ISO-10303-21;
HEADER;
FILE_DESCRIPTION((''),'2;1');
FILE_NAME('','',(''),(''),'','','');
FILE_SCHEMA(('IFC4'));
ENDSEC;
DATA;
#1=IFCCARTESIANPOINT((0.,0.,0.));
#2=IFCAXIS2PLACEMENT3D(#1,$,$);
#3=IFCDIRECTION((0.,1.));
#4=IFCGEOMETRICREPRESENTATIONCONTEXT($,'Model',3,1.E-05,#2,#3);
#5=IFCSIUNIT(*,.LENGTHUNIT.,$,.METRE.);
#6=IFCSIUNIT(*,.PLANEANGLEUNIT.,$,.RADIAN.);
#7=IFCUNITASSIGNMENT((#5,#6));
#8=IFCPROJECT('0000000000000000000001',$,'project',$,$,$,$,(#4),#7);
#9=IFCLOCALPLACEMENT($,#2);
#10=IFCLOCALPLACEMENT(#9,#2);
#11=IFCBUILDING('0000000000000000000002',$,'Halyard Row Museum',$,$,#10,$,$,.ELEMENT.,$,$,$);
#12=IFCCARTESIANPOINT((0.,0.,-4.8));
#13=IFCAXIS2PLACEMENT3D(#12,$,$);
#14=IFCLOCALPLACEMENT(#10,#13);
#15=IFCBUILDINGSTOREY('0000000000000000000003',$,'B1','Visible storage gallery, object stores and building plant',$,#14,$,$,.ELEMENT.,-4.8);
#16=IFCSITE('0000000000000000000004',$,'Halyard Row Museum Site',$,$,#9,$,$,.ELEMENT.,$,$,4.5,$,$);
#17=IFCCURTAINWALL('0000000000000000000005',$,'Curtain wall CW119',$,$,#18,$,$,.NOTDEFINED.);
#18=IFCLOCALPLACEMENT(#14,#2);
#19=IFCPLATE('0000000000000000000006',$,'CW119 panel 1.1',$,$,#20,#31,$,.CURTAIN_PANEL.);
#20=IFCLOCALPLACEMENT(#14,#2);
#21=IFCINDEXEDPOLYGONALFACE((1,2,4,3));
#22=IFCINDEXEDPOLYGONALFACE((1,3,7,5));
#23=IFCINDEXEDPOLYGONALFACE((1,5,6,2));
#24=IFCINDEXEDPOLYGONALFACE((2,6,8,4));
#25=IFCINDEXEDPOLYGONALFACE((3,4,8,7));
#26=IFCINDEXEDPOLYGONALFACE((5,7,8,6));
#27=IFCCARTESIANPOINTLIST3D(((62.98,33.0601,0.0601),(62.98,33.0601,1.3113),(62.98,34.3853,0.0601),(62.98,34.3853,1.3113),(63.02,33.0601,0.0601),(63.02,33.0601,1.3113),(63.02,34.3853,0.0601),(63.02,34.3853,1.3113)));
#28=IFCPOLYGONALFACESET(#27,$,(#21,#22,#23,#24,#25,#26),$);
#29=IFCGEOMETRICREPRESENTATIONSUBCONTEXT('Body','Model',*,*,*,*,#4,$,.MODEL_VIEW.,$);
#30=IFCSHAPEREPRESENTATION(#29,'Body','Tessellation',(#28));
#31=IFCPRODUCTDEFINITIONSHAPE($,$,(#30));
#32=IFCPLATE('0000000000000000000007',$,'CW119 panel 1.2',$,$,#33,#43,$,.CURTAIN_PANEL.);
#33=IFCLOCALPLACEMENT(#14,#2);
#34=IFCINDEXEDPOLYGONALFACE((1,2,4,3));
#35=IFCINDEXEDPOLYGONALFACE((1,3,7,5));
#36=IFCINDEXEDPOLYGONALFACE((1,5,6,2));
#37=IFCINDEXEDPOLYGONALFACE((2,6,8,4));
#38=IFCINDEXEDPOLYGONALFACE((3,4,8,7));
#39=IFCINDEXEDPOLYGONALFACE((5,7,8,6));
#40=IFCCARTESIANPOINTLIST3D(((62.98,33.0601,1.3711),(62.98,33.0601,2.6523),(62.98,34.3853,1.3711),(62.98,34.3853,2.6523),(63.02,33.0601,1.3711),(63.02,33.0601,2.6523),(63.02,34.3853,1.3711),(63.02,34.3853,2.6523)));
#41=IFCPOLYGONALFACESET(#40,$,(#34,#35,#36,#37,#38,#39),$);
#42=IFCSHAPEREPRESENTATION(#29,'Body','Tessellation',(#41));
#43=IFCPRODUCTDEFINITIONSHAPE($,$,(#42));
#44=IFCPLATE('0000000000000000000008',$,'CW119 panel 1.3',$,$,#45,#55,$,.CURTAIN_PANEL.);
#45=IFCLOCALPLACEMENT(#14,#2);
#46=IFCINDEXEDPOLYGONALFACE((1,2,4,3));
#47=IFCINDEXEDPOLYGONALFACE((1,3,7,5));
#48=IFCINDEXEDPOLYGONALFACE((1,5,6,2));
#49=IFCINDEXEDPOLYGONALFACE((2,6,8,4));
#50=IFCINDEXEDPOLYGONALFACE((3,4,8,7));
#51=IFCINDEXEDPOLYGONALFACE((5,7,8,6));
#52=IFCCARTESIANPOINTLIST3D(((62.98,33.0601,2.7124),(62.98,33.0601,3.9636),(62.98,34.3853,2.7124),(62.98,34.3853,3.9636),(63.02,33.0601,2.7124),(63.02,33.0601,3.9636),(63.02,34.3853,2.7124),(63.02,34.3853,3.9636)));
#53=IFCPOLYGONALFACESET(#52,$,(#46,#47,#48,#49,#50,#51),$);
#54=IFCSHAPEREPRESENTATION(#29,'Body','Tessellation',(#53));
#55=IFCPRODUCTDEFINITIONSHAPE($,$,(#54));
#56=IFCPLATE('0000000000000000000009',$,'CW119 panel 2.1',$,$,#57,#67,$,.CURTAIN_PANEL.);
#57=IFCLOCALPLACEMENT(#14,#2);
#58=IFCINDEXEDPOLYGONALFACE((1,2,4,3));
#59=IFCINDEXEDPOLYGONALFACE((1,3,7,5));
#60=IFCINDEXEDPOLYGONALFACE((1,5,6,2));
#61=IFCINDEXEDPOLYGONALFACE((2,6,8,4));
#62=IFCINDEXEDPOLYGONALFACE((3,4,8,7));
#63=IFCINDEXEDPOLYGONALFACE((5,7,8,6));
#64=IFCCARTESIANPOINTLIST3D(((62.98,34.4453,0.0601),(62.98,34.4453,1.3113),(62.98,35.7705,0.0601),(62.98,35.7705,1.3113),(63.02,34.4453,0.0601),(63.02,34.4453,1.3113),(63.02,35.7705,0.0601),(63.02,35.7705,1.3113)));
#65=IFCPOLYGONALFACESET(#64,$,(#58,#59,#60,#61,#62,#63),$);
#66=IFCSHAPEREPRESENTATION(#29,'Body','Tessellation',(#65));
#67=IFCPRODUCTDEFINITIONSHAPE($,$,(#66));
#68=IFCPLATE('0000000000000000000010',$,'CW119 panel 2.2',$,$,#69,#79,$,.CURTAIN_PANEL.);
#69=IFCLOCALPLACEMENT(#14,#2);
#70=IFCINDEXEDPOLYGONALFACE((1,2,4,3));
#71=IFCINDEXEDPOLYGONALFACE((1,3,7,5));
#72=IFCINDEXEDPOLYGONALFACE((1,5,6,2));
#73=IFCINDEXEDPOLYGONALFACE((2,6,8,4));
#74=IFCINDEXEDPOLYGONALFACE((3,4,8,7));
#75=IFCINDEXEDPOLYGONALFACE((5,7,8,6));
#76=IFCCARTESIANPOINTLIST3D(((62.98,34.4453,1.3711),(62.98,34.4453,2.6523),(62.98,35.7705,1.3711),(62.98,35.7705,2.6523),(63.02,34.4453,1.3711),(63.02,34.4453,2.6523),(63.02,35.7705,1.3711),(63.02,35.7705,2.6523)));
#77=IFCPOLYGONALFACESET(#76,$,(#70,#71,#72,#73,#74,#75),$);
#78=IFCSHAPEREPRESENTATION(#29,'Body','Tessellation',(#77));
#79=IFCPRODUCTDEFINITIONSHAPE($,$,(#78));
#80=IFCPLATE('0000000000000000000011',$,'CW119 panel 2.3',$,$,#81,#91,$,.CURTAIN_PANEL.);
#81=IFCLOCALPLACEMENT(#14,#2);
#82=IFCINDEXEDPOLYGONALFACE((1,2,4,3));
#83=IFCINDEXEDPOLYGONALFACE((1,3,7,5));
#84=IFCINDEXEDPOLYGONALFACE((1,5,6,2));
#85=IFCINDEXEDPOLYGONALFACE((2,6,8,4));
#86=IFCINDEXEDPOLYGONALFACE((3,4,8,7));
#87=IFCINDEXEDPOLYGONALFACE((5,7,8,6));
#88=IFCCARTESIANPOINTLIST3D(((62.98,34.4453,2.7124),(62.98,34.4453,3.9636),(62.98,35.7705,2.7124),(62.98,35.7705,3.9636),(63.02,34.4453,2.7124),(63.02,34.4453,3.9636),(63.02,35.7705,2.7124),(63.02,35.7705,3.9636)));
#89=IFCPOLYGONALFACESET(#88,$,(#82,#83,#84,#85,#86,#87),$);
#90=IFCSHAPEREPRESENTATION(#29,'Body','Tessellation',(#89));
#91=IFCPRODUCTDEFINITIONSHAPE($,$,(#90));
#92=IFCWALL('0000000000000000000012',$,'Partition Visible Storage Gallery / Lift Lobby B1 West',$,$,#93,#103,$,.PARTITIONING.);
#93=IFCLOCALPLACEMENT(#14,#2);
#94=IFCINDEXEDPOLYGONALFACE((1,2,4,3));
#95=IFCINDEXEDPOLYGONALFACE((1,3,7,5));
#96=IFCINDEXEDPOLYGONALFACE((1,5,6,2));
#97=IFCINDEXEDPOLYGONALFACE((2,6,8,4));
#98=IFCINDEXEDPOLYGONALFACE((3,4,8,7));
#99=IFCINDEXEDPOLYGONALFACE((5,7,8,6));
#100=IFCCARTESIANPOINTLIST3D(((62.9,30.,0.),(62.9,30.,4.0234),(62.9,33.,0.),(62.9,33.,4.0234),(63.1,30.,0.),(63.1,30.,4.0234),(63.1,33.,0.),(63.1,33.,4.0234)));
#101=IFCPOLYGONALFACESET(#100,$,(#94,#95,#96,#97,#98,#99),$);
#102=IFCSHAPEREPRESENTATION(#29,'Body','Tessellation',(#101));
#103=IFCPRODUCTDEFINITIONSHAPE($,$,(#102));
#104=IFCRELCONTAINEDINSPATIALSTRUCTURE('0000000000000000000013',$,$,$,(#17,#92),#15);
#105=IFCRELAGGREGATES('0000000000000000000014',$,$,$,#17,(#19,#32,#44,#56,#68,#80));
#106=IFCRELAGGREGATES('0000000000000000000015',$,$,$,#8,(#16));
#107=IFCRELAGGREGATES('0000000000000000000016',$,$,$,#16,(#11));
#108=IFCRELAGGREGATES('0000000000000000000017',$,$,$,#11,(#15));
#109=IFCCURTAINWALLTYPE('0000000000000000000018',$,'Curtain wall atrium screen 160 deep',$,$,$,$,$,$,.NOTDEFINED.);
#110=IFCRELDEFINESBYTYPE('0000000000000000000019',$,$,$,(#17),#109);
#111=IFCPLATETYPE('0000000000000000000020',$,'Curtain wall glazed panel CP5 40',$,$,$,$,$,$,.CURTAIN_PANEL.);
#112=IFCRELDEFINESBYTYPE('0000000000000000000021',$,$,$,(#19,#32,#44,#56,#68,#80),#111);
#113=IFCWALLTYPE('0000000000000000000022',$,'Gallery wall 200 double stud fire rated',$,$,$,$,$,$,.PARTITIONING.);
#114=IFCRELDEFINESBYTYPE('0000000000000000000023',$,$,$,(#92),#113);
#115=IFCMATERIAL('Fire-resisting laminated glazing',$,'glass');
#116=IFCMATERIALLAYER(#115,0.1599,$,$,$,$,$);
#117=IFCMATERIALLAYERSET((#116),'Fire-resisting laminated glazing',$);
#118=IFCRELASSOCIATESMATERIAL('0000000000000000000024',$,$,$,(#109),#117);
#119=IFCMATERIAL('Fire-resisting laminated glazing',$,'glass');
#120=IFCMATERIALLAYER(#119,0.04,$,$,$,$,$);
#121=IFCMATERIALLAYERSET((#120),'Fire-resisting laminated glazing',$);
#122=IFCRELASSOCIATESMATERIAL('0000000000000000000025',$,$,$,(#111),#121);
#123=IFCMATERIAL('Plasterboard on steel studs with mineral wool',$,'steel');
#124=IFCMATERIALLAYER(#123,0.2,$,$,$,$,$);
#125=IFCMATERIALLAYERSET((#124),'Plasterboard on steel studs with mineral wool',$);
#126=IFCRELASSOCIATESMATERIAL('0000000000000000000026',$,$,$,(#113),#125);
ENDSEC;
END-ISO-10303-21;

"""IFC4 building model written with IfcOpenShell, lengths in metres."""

from ifc_helpers import new_model, si_unit, direction, frame, frame_2d, origin, origin_2d, place, context, subcontext, project, spatial, rectangle, extrude, material, layer, layer_set, type_object, element, aggregate, save


model = new_model("IFC4")

# Units and contexts
model_context = context("Model", 3, precision=1e-05, world=origin(), true_north=direction((0.0, 1.0)))
body_context = subcontext(model_context, "Body", "Model", "MODEL_VIEW")
ifc_project = project(units=[si_unit("LENGTHUNIT", "METRE"), si_unit("PLANEANGLEUNIT", "RADIAN")], contexts=[model_context])

# Site, building, storey
site_placement = place(None, origin())
site = spatial("IfcSite", under=ifc_project, at=site_placement, Name="Halyard Row Museum Site", CompositionType="ELEMENT", RefElevation=4.5)
building_placement = place(site_placement, origin())
building = spatial("IfcBuilding", under=site, at=building_placement, Name="Halyard Row Museum", CompositionType="ELEMENT")
storey_placement = place(building_placement, frame((0.0, 0.0, -4.8)))
storey = spatial("IfcBuildingStorey", under=building, at=storey_placement, Name="B1", Description="Visible storage gallery, object stores and building plant", CompositionType="ELEMENT", Elevation=-4.8)

# Shared definitions
ifc_material_1 = material(Name="Fire-resisting laminated glazing", Category="glass")
ifc_layer_1 = layer(ifc_material_1, 0.1599)
ifc_layer_set_1 = layer_set([ifc_layer_1], Name="Fire-resisting laminated glazing")
curtain_wall_type = type_object("IfcCurtainWallType", Name="Curtain wall atrium screen 160 deep", PredefinedType="NOTDEFINED", material=ifc_layer_set_1)

# Curtain wall
curtain_wall_1_placement = place(storey_placement, origin())
curtain_wall_1 = element("IfcCurtainWall", 1, at=curtain_wall_1_placement, inside=storey, type_object=curtain_wall_type, Name="Curtain wall CW119", PredefinedType="NOTDEFINED")

# Plates
ifc_material_2 = material(Name="Fire-resisting laminated glazing", Category="glass")
ifc_layer_2 = layer(ifc_material_2, 0.04)
ifc_layer_set_2 = layer_set([ifc_layer_2], Name="Fire-resisting laminated glazing")
plate_type = type_object("IfcPlateType", Name="Curtain wall glazed panel CP5 40", PredefinedType="CURTAIN_PANEL", material=ifc_layer_set_2)
plate_1_placement = place(storey_placement, frame((63.0, 33.7227, 0.0601), z_axis=(0.0, 0.0, 1.0), x_axis=(0.0, 1.0, 0.0)))
plate_1 = element("IfcPlate", 2, at=plate_1_placement, type_object=plate_type, Name="CW119 panel 1.1", PredefinedType="CURTAIN_PANEL", context=body_context, shape_type="SweptSolid", body=[
    extrude(rectangle(XDim=1.3252, YDim=0.04, at=origin_2d()), origin(), (0.0, 0.0, 1.0), 1.2512),
])
plate_2_placement = place(storey_placement, frame((63.0, 33.7227, 1.3711), z_axis=(0.0, 0.0, 1.0), x_axis=(0.0, 1.0, 0.0)))
plate_2 = element("IfcPlate", 3, at=plate_2_placement, type_object=plate_type, Name="CW119 panel 1.2", PredefinedType="CURTAIN_PANEL", context=body_context, shape_type="SweptSolid", body=[
    extrude(rectangle(XDim=1.3252, YDim=0.04, at=origin_2d()), origin(), (0.0, 0.0, 1.0), 1.2812),
])
plate_3_placement = place(storey_placement, frame((63.0, 33.7227, 2.7124), z_axis=(0.0, 0.0, 1.0), x_axis=(0.0, 1.0, 0.0)))
plate_3 = element("IfcPlate", 4, at=plate_3_placement, type_object=plate_type, Name="CW119 panel 1.3", PredefinedType="CURTAIN_PANEL", context=body_context, shape_type="SweptSolid", body=[
    extrude(rectangle(XDim=1.3252, YDim=0.04, at=origin_2d()), origin(), (0.0, 0.0, 1.0), 1.2512),
])
plate_4_placement = place(storey_placement, frame((63.0, 35.1079, 0.0601), z_axis=(0.0, 0.0, 1.0), x_axis=(0.0, 1.0, 0.0)))
plate_4 = element("IfcPlate", 5, at=plate_4_placement, type_object=plate_type, Name="CW119 panel 2.1", PredefinedType="CURTAIN_PANEL", context=body_context, shape_type="SweptSolid", body=[
    extrude(rectangle(XDim=1.3252, YDim=0.04, at=origin_2d()), origin(), (0.0, 0.0, 1.0), 1.2512),
])
plate_5_placement = place(storey_placement, frame((63.0, 35.1079, 1.3711), z_axis=(0.0, 0.0, 1.0), x_axis=(0.0, 1.0, 0.0)))
plate_5 = element("IfcPlate", 6, at=plate_5_placement, type_object=plate_type, Name="CW119 panel 2.2", PredefinedType="CURTAIN_PANEL", context=body_context, shape_type="SweptSolid", body=[
    extrude(rectangle(XDim=1.3252, YDim=0.04, at=origin_2d()), origin(), (0.0, 0.0, 1.0), 1.2812),
])
plate_6_placement = place(storey_placement, frame((63.0, 35.1079, 2.7124), z_axis=(0.0, 0.0, 1.0), x_axis=(0.0, 1.0, 0.0)))
plate_6 = element("IfcPlate", 7, at=plate_6_placement, type_object=plate_type, Name="CW119 panel 2.3", PredefinedType="CURTAIN_PANEL", context=body_context, shape_type="SweptSolid", body=[
    extrude(rectangle(XDim=1.3252, YDim=0.04, at=origin_2d()), origin(), (0.0, 0.0, 1.0), 1.2512),
])
aggregate(curtain_wall_1, [plate_1, plate_2, plate_3, plate_4, plate_5, plate_6])

# Wall
ifc_material_3 = material(Name="Plasterboard on steel studs with mineral wool", Category="steel")
ifc_layer_3 = layer(ifc_material_3, 0.2)
ifc_layer_set_3 = layer_set([ifc_layer_3], Name="Plasterboard on steel studs with mineral wool")
wall_type = type_object("IfcWallType", Name="Gallery wall 200 double stud fire rated", PredefinedType="PARTITIONING", material=ifc_layer_set_3)
wall_placement = place(storey_placement, frame((63.0, 30.0, 0.0), z_axis=(0.0, 0.0, 1.0), x_axis=(0.0, 1.0, 0.0)))
element("IfcWall", 8, at=wall_placement, inside=storey, type_object=wall_type, Name="Partition Visible Storage Gallery / Lift Lobby B1 West", PredefinedType="PARTITIONING", context=body_context, shape_type="SweptSolid", body=[
    extrude(rectangle(XDim=3.0, YDim=0.2, at=frame_2d((1.5, 0.0))), origin(), (0.0, 0.0, 1.0), 4.0234),
])

save(model, "model.ifc")
